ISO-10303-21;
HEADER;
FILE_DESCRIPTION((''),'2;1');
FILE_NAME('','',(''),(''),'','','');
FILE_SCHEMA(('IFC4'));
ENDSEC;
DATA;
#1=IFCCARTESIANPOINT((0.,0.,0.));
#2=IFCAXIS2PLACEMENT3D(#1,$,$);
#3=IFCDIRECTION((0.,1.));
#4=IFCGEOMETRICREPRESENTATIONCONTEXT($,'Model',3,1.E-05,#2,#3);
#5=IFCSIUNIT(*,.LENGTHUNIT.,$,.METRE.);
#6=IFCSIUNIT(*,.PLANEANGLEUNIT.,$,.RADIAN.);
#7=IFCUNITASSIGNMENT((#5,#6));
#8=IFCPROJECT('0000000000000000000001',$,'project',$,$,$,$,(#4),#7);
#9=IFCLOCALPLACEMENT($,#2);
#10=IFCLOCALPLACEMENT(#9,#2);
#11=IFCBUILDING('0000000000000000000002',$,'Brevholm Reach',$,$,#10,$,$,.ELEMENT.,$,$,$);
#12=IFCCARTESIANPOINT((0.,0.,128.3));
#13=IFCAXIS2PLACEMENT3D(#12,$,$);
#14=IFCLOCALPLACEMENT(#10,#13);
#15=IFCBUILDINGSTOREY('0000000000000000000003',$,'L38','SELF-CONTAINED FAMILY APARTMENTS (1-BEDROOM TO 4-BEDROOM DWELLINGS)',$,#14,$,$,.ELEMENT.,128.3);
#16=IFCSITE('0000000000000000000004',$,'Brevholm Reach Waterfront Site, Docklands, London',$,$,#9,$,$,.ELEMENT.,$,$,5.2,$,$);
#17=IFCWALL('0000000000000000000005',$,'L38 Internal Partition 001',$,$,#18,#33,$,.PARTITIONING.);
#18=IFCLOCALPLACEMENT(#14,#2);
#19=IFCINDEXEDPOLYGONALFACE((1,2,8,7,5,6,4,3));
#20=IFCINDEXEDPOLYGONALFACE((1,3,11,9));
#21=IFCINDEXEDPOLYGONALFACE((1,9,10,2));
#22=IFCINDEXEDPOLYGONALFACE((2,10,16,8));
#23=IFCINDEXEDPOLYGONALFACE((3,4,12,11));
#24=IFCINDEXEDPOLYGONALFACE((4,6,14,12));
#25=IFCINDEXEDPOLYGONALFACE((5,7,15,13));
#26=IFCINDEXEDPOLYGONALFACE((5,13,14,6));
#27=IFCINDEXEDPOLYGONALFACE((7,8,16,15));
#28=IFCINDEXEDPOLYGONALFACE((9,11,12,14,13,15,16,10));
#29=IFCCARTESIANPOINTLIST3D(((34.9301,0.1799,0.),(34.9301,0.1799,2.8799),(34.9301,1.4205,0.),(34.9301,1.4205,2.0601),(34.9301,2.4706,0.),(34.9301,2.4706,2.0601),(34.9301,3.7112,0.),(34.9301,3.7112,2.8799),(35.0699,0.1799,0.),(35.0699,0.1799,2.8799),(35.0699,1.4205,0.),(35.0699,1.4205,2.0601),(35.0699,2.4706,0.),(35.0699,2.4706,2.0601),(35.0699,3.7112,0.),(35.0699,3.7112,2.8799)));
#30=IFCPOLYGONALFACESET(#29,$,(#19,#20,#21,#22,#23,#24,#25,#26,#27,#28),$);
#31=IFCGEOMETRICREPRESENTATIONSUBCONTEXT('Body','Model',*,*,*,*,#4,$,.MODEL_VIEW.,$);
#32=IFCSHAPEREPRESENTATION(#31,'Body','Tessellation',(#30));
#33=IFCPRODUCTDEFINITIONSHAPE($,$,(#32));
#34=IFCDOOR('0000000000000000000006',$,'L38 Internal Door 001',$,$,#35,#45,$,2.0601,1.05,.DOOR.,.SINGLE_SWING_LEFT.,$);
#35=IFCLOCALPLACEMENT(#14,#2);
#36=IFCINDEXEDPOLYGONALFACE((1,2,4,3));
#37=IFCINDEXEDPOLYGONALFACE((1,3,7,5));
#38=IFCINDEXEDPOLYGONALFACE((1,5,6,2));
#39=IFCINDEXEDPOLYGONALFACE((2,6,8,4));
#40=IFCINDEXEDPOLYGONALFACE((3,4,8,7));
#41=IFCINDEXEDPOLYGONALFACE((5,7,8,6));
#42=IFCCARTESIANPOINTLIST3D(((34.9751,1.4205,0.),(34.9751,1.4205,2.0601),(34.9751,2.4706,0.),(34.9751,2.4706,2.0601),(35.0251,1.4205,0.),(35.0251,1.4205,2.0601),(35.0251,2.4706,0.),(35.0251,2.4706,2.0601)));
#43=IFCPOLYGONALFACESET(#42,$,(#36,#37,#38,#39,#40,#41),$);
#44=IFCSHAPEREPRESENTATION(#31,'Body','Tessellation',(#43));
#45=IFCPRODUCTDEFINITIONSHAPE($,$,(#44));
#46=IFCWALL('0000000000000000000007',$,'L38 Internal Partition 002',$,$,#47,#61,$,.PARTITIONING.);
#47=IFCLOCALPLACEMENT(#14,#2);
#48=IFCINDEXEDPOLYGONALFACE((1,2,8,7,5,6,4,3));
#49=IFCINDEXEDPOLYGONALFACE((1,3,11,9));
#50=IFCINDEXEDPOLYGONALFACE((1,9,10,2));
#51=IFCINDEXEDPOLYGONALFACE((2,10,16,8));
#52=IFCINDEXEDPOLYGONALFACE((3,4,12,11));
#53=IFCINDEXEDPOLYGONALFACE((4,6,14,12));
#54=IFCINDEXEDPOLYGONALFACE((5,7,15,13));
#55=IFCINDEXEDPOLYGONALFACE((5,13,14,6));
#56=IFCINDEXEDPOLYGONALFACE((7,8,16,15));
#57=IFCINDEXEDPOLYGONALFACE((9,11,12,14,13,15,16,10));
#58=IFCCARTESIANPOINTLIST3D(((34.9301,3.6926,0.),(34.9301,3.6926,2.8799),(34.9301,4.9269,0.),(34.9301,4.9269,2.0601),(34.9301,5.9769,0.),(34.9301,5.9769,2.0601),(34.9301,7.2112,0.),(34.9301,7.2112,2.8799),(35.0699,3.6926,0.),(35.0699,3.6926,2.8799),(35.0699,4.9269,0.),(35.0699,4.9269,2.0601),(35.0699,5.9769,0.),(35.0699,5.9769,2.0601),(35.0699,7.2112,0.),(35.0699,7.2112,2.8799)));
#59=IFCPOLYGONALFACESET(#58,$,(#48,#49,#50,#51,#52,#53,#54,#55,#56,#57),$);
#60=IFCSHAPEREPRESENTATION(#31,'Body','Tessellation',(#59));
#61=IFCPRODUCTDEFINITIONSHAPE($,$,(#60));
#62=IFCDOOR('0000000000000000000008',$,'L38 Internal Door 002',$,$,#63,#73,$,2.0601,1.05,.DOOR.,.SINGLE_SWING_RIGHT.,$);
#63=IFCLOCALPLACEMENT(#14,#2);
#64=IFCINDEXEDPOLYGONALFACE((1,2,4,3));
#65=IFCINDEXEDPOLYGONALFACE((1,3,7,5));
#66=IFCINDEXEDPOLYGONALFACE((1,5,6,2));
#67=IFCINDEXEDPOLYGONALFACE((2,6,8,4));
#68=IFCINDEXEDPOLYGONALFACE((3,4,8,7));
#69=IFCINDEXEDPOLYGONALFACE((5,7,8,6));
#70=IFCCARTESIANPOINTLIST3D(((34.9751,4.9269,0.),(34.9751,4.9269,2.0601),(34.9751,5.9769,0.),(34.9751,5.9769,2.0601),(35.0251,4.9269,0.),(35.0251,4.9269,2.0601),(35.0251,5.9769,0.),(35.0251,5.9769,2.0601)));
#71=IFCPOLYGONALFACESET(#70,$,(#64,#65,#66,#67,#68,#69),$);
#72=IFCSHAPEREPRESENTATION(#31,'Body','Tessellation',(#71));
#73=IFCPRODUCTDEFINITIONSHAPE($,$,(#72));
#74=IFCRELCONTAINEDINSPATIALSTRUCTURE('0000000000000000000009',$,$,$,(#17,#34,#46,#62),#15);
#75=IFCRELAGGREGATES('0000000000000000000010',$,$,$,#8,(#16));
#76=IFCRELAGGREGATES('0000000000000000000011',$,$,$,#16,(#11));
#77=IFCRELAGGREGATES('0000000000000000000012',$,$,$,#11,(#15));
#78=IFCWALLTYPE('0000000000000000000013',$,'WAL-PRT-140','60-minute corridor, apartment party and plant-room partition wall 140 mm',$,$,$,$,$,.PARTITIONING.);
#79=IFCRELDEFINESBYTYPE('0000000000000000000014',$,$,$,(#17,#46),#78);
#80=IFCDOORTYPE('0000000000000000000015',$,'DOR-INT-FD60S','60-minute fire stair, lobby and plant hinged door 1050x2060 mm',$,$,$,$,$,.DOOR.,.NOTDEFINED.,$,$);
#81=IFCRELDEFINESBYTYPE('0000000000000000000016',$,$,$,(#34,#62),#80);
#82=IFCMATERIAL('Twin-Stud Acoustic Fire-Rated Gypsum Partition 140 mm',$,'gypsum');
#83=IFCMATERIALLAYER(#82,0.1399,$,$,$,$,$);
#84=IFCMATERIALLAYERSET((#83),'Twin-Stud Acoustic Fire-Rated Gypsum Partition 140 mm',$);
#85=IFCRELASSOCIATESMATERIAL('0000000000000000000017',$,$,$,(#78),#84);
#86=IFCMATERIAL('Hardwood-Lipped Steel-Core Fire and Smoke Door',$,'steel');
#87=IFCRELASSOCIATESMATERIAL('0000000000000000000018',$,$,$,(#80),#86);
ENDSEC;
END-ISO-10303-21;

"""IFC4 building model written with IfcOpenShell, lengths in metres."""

from ifc_helpers import new_model, si_unit, direction, frame, frame_2d, origin, place, context, subcontext, project, spatial, rectangle, extrude, material, layer, layer_set, type_object, element, fill, save


model = new_model("IFC4")

# Units and contexts
model_context = context("Model", 3, precision=1e-05, world=origin(), true_north=direction((0.0, 1.0)))
body_context = subcontext(model_context, "Body", "Model", "MODEL_VIEW")
ifc_project = project(units=[si_unit("LENGTHUNIT", "METRE"), si_unit("PLANEANGLEUNIT", "RADIAN")], contexts=[model_context])

# Site, building, storey
site_placement = place(None, origin())
site = spatial("IfcSite", under=ifc_project, at=site_placement, Name="Brevholm Reach Waterfront Site, Docklands, London", CompositionType="ELEMENT", RefElevation=5.2)
building_placement = place(site_placement, origin())
building = spatial("IfcBuilding", under=site, at=building_placement, Name="Brevholm Reach", CompositionType="ELEMENT")
storey_placement = place(building_placement, frame((0.0, 0.0, 128.3)))
storey = spatial("IfcBuildingStorey", under=building, at=storey_placement, Name="L38", Description="SELF-CONTAINED FAMILY APARTMENTS (1-BEDROOM TO 4-BEDROOM DWELLINGS)", CompositionType="ELEMENT", Elevation=128.3)

# Walls, openings, doors
ifc_material_1 = material(Name="Twin-Stud Acoustic Fire-Rated Gypsum Partition 140 mm", Category="gypsum")
ifc_layer_1 = layer(ifc_material_1, 0.1399)
ifc_layer_set_1 = layer_set([ifc_layer_1], Name="Twin-Stud Acoustic Fire-Rated Gypsum Partition 140 mm")
wall_type_1 = type_object("IfcWallType", Name="WAL-PRT-140", Description="60-minute corridor, apartment party and plant-room partition wall 140 mm", PredefinedType="PARTITIONING", material=ifc_layer_set_1)
wall_1_placement = place(storey_placement, frame((35.0, 0.1799, 0.0), z_axis=(0.0, 0.0, 1.0), x_axis=(0.0, 1.0, 0.0)))
wall_1 = element("IfcWall", 1, at=wall_1_placement, inside=storey, type_object=wall_type_1, Name="L38 Internal Partition 001", PredefinedType="PARTITIONING", context=body_context, shape_type="SweptSolid", body=[
    extrude(rectangle(XDim=3.5312, YDim=0.1399, at=frame_2d((1.7656, 0.0))), origin(), (0.0, 0.0, 1.0), 2.8799),
])
opening_1_placement = place(wall_1_placement, frame((1.2407, 0.0, 0.0)))
opening_1 = element("IfcOpeningElement", 2, at=opening_1_placement, cuts=wall_1, PredefinedType="OPENING", context=body_context, shape_type="SweptSolid", body=[
    extrude(rectangle(XDim=1.05, YDim=2.0601, at=frame_2d((0.5249, 1.03))), frame((0.0, 0.0798, 0.0), z_axis=(0.0, -1.0, 0.0), x_axis=(1.0, 0.0, 0.0)), (0.0, 0.0, 1.0), 0.1599),
])
ifc_material_2 = material(Name="Hardwood-Lipped Steel-Core Fire and Smoke Door", Category="steel")
door_type_1 = type_object("IfcDoorType", Name="DOR-INT-FD60S", Description="60-minute fire stair, lobby and plant hinged door 1050x2060 mm", OperationType="NOTDEFINED", PredefinedType="DOOR", material=ifc_material_2)
door_1_placement = place(opening_1_placement, origin())
door_1 = element("IfcDoor", 3, at=door_1_placement, inside=storey, type_object=door_type_1, Name="L38 Internal Door 001", OperationType="SINGLE_SWING_LEFT", OverallHeight=2.0601, OverallWidth=1.05, PredefinedType="DOOR", context=body_context, shape_type="SweptSolid", body=[
    extrude(rectangle(XDim=1.05, YDim=2.0601, at=frame_2d((0.5249, 1.03))), frame((0.0, 0.0249, 0.0), z_axis=(0.0, -1.0, 0.0), x_axis=(1.0, 0.0, 0.0)), (0.0, 0.0, 1.0), 0.05),
])
fill(opening_1, door_1)
wall_2_placement = place(storey_placement, frame((35.0, 3.6926, 0.0), z_axis=(0.0, 0.0, 1.0), x_axis=(0.0, 1.0, 0.0)))
wall_2 = element("IfcWall", 4, at=wall_2_placement, inside=storey, type_object=wall_type_1, Name="L38 Internal Partition 002", PredefinedType="PARTITIONING", context=body_context, shape_type="SweptSolid", body=[
    extrude(rectangle(XDim=3.5186, YDim=0.1399, at=frame_2d((1.7593, 0.0))), origin(), (0.0, 0.0, 1.0), 2.8799),
])
opening_2_placement = place(wall_2_placement, frame((1.2344, 0.0, 0.0)))
opening_2 = element("IfcOpeningElement", 5, at=opening_2_placement, cuts=wall_2, PredefinedType="OPENING", context=body_context, shape_type="SweptSolid", body=[
    extrude(rectangle(XDim=1.05, YDim=2.0601, at=frame_2d((0.5249, 1.03))), frame((0.0, 0.0798, 0.0), z_axis=(0.0, -1.0, 0.0), x_axis=(1.0, 0.0, 0.0)), (0.0, 0.0, 1.0), 0.1599),
])
door_2_placement = place(opening_2_placement, origin())
door_2 = element("IfcDoor", 6, at=door_2_placement, inside=storey, type_object=door_type_1, Name="L38 Internal Door 002", OperationType="SINGLE_SWING_RIGHT", OverallHeight=2.0601, OverallWidth=1.05, PredefinedType="DOOR", context=body_context, shape_type="SweptSolid", body=[
    extrude(rectangle(XDim=1.05, YDim=2.0601, at=frame_2d((0.5249, 1.03))), frame((0.0, 0.0249, 0.0), z_axis=(0.0, -1.0, 0.0), x_axis=(1.0, 0.0, 0.0)), (0.0, 0.0, 1.0), 0.05),
])
fill(opening_2, door_2)

save(model, "model.ifc")
